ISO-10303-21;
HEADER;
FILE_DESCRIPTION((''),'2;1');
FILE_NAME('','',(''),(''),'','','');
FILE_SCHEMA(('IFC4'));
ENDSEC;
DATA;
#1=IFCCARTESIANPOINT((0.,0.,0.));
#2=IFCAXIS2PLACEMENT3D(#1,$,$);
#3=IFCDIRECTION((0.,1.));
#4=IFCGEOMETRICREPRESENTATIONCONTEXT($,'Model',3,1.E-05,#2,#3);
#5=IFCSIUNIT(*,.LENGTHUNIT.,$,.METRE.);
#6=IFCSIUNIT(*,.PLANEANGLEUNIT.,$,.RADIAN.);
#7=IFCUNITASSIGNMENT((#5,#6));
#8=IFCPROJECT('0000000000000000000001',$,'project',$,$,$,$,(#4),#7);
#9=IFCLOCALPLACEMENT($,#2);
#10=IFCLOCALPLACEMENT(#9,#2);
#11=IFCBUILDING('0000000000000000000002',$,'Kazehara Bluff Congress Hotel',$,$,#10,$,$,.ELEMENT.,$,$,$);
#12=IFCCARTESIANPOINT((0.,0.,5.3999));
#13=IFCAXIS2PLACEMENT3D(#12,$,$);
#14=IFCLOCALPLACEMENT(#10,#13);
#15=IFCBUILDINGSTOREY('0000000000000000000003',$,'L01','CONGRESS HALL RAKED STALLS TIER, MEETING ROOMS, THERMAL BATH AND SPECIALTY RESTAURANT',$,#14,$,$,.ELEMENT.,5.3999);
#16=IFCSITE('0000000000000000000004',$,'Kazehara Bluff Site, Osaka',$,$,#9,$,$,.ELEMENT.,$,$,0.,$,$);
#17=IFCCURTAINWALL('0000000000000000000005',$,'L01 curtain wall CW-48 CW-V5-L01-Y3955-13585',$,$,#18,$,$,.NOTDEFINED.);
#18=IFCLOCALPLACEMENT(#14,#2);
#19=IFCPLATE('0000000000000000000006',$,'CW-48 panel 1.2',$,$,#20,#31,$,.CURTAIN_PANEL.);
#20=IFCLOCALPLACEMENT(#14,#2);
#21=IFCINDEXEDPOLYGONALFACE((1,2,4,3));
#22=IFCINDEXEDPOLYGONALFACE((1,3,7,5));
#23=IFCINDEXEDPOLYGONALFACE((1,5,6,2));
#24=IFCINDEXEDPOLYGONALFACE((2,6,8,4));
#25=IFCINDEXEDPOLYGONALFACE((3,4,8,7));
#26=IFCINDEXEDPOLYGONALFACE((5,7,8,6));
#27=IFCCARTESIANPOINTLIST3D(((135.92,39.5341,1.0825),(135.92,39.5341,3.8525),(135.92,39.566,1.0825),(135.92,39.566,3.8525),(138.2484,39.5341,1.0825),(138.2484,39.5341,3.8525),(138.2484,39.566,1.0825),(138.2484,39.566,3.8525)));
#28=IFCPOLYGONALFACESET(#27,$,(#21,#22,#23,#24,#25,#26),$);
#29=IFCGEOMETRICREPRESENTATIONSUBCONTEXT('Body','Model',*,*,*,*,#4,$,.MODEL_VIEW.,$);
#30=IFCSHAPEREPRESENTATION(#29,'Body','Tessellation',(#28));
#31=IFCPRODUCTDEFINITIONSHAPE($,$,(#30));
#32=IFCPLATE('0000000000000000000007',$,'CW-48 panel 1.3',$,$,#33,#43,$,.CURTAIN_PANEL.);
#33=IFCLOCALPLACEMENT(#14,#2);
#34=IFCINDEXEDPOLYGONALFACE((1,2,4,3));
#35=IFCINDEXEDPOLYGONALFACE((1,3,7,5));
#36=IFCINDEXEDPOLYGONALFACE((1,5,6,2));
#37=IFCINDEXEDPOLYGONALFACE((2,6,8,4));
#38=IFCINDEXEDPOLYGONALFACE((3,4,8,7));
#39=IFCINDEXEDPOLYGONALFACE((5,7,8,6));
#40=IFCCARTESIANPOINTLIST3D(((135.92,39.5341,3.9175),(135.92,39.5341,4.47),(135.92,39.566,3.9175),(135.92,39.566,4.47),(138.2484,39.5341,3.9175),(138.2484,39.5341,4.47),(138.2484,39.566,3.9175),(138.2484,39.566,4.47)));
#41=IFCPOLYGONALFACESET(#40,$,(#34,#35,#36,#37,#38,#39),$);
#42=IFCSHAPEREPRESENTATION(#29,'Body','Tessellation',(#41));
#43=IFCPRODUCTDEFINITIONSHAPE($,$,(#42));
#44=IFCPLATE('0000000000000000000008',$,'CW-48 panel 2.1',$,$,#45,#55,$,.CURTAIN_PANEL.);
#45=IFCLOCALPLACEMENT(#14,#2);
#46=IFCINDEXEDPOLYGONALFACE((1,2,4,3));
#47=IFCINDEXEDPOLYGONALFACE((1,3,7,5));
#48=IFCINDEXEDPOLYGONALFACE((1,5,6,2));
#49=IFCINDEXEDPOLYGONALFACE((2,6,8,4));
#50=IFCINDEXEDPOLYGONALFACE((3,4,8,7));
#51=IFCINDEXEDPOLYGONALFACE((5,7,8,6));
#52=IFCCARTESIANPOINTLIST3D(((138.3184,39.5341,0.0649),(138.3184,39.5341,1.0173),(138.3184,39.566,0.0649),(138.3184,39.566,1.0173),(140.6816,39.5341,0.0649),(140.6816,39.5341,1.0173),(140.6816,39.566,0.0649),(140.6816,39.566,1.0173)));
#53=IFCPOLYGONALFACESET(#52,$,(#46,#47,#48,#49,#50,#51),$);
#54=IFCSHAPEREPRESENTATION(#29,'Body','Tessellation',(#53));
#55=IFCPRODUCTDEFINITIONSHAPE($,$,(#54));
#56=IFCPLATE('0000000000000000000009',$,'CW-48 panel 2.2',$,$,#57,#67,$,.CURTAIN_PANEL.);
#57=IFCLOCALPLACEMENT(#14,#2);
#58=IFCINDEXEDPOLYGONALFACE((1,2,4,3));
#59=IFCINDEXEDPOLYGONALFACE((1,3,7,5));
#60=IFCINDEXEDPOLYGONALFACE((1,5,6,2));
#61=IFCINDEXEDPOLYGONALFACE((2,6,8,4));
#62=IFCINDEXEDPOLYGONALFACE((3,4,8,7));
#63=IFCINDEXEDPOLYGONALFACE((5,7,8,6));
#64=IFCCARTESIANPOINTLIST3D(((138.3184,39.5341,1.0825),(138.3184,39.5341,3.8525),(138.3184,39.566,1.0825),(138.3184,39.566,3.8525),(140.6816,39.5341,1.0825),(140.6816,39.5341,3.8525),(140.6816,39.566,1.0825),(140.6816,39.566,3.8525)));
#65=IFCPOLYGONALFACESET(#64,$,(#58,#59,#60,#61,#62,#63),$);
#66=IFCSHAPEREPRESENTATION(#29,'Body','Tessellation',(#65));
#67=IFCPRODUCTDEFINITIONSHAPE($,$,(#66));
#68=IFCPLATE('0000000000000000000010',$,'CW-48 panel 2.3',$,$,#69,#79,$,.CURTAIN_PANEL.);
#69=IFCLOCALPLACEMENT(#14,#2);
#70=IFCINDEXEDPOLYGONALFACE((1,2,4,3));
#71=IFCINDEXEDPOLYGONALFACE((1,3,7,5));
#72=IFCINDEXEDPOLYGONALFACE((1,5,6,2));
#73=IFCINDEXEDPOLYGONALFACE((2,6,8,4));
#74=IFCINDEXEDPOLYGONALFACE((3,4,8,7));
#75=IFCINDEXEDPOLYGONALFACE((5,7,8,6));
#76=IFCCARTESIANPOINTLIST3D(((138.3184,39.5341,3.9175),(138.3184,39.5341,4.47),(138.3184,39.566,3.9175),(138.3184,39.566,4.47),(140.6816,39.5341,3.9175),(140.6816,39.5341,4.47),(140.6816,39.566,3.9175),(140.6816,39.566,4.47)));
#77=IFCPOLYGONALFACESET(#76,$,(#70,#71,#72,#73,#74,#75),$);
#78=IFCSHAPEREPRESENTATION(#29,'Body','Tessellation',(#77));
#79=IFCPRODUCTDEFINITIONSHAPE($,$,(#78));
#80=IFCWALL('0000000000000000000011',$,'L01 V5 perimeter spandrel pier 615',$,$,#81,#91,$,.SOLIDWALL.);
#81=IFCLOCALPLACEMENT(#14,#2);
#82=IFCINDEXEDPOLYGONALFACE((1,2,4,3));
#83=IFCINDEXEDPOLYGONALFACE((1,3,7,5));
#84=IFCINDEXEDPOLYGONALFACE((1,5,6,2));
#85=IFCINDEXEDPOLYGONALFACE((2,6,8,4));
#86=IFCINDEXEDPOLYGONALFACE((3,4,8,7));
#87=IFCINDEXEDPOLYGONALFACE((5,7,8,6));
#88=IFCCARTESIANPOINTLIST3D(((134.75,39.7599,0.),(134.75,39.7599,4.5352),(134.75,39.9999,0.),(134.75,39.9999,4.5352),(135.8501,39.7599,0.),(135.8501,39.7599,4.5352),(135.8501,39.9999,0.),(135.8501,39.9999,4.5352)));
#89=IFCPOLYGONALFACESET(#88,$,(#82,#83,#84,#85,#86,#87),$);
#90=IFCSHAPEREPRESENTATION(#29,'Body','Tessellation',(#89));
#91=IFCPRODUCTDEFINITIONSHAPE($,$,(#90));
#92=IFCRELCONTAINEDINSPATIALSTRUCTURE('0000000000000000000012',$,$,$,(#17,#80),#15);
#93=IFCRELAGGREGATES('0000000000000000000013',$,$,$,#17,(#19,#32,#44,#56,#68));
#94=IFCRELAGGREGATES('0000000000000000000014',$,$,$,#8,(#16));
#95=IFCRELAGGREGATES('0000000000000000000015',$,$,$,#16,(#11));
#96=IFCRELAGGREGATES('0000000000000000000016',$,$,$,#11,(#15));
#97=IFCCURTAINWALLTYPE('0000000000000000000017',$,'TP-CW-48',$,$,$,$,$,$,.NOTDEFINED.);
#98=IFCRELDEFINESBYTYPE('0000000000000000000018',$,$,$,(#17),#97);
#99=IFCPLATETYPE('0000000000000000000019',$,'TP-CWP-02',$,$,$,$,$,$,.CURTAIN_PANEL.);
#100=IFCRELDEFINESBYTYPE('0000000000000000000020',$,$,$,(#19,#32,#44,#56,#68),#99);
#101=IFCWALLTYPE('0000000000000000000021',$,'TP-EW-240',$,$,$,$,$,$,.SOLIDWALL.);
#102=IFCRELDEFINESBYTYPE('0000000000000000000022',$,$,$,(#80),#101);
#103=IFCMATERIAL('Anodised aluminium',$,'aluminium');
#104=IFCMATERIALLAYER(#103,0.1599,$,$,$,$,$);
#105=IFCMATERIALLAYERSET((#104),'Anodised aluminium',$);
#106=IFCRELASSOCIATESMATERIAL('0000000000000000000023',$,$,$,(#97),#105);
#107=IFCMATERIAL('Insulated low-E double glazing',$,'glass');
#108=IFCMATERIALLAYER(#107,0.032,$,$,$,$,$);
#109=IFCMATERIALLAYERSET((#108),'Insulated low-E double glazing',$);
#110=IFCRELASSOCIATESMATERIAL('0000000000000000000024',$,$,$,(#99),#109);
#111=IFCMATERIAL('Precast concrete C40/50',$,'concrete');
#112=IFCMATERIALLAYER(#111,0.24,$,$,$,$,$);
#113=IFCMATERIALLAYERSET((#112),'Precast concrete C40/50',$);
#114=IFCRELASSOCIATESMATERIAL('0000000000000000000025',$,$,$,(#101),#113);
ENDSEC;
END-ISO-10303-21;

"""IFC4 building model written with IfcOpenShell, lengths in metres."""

from ifc_helpers import new_model, si_unit, direction, frame, frame_2d, origin, origin_2d, place, context, subcontext, project, spatial, rectangle, extrude, material, layer, layer_set, type_object, element, aggregate, save


model = new_model("IFC4")

# Units and contexts
model_context = context("Model", 3, precision=1e-05, world=origin(), true_north=direction((0.0, 1.0)))
body_context = subcontext(model_context, "Body", "Model", "MODEL_VIEW")
ifc_project = project(units=[si_unit("LENGTHUNIT", "METRE"), si_unit("PLANEANGLEUNIT", "RADIAN")], contexts=[model_context])

# Site, building, storey
site_placement = place(None, origin())
site = spatial("IfcSite", under=ifc_project, at=site_placement, Name="Kazehara Bluff Site, Osaka", CompositionType="ELEMENT", RefElevation=0.0)
building_placement = place(site_placement, origin())
building = spatial("IfcBuilding", under=site, at=building_placement, Name="Kazehara Bluff Congress Hotel", CompositionType="ELEMENT")
storey_placement = place(building_placement, frame((0.0, 0.0, 5.3999)))
storey = spatial("IfcBuildingStorey", under=building, at=storey_placement, Name="L01", Description="CONGRESS HALL RAKED STALLS TIER, MEETING ROOMS, THERMAL BATH AND SPECIALTY RESTAURANT", CompositionType="ELEMENT", Elevation=5.3999)

# Shared definitions
ifc_material_1 = material(Name="Anodised aluminium", Category="aluminium")
ifc_layer_1 = layer(ifc_material_1, 0.1599)
ifc_layer_set_1 = layer_set([ifc_layer_1], Name="Anodised aluminium")
curtain_wall_type = type_object("IfcCurtainWallType", Name="TP-CW-48", PredefinedType="NOTDEFINED", material=ifc_layer_set_1)

# Curtain wall
curtain_wall_1_placement = place(storey_placement, origin())
curtain_wall_1 = element("IfcCurtainWall", 1, at=curtain_wall_1_placement, inside=storey, type_object=curtain_wall_type, Name="L01 curtain wall CW-48 CW-V5-L01-Y3955-13585", PredefinedType="NOTDEFINED")

# Plates
ifc_material_2 = material(Name="Insulated low-E double glazing", Category="glass")
ifc_layer_2 = layer(ifc_material_2, 0.032)
ifc_layer_set_2 = layer_set([ifc_layer_2], Name="Insulated low-E double glazing")
plate_type = type_object("IfcPlateType", Name="TP-CWP-02", PredefinedType="CURTAIN_PANEL", material=ifc_layer_set_2)
plate_1_placement = place(storey_placement, frame((137.0842, 39.55, 1.0825), z_axis=(0.0, 0.0, 1.0), x_axis=(1.0, 0.0, 0.0)))
plate_1 = element("IfcPlate", 2, at=plate_1_placement, type_object=plate_type, Name="CW-48 panel 1.2", PredefinedType="CURTAIN_PANEL", context=body_context, shape_type="SweptSolid", body=[
    extrude(rectangle(XDim=2.3284, YDim=0.032, at=origin_2d()), origin(), (0.0, 0.0, 1.0), 2.77),
])
plate_2_placement = place(storey_placement, frame((137.0842, 39.55, 3.9175), z_axis=(0.0, 0.0, 1.0), x_axis=(1.0, 0.0, 0.0)))
plate_2 = element("IfcPlate", 3, at=plate_2_placement, type_object=plate_type, Name="CW-48 panel 1.3", PredefinedType="CURTAIN_PANEL", context=body_context, shape_type="SweptSolid", body=[
    extrude(rectangle(XDim=2.3284, YDim=0.032, at=origin_2d()), origin(), (0.0, 0.0, 1.0), 0.5525),
])
plate_3_placement = place(storey_placement, frame((139.5, 39.55, 0.0649), z_axis=(0.0, 0.0, 1.0), x_axis=(1.0, 0.0, 0.0)))
plate_3 = element("IfcPlate", 4, at=plate_3_placement, type_object=plate_type, Name="CW-48 panel 2.1", PredefinedType="CURTAIN_PANEL", context=body_context, shape_type="SweptSolid", body=[
    extrude(rectangle(XDim=2.3633, YDim=0.032, at=origin_2d()), origin(), (0.0, 0.0, 1.0), 0.9524),
])
plate_4_placement = place(storey_placement, frame((139.5, 39.55, 1.0825), z_axis=(0.0, 0.0, 1.0), x_axis=(1.0, 0.0, 0.0)))
plate_4 = element("IfcPlate", 5, at=plate_4_placement, type_object=plate_type, Name="CW-48 panel 2.2", PredefinedType="CURTAIN_PANEL", context=body_context, shape_type="SweptSolid", body=[
    extrude(rectangle(XDim=2.3633, YDim=0.032, at=origin_2d()), origin(), (0.0, 0.0, 1.0), 2.77),
])
plate_5_placement = place(storey_placement, frame((139.5, 39.55, 3.9175), z_axis=(0.0, 0.0, 1.0), x_axis=(1.0, 0.0, 0.0)))
plate_5 = element("IfcPlate", 6, at=plate_5_placement, type_object=plate_type, Name="CW-48 panel 2.3", PredefinedType="CURTAIN_PANEL", context=body_context, shape_type="SweptSolid", body=[
    extrude(rectangle(XDim=2.3633, YDim=0.032, at=origin_2d()), origin(), (0.0, 0.0, 1.0), 0.5525),
])
aggregate(curtain_wall_1, [plate_1, plate_2, plate_3, plate_4, plate_5])

# Wall
ifc_material_3 = material(Name="Precast concrete C40/50", Category="concrete")
ifc_layer_3 = layer(ifc_material_3, 0.24)
ifc_layer_set_3 = layer_set([ifc_layer_3], Name="Precast concrete C40/50")
wall_type = type_object("IfcWallType", Name="TP-EW-240", PredefinedType="SOLIDWALL", material=ifc_layer_set_3)
wall_placement = place(storey_placement, frame((134.75, 39.8799, 0.0), z_axis=(0.0, 0.0, 1.0), x_axis=(1.0, 0.0, 0.0)))
element("IfcWall", 7, at=wall_placement, inside=storey, type_object=wall_type, Name="L01 V5 perimeter spandrel pier 615", PredefinedType="SOLIDWALL", context=body_context, shape_type="SweptSolid", body=[
    extrude(rectangle(XDim=1.1001, YDim=0.24, at=frame_2d((0.55, 0.0))), origin(), (0.0, 0.0, 1.0), 4.5352),
])

save(model, "model.ifc")
